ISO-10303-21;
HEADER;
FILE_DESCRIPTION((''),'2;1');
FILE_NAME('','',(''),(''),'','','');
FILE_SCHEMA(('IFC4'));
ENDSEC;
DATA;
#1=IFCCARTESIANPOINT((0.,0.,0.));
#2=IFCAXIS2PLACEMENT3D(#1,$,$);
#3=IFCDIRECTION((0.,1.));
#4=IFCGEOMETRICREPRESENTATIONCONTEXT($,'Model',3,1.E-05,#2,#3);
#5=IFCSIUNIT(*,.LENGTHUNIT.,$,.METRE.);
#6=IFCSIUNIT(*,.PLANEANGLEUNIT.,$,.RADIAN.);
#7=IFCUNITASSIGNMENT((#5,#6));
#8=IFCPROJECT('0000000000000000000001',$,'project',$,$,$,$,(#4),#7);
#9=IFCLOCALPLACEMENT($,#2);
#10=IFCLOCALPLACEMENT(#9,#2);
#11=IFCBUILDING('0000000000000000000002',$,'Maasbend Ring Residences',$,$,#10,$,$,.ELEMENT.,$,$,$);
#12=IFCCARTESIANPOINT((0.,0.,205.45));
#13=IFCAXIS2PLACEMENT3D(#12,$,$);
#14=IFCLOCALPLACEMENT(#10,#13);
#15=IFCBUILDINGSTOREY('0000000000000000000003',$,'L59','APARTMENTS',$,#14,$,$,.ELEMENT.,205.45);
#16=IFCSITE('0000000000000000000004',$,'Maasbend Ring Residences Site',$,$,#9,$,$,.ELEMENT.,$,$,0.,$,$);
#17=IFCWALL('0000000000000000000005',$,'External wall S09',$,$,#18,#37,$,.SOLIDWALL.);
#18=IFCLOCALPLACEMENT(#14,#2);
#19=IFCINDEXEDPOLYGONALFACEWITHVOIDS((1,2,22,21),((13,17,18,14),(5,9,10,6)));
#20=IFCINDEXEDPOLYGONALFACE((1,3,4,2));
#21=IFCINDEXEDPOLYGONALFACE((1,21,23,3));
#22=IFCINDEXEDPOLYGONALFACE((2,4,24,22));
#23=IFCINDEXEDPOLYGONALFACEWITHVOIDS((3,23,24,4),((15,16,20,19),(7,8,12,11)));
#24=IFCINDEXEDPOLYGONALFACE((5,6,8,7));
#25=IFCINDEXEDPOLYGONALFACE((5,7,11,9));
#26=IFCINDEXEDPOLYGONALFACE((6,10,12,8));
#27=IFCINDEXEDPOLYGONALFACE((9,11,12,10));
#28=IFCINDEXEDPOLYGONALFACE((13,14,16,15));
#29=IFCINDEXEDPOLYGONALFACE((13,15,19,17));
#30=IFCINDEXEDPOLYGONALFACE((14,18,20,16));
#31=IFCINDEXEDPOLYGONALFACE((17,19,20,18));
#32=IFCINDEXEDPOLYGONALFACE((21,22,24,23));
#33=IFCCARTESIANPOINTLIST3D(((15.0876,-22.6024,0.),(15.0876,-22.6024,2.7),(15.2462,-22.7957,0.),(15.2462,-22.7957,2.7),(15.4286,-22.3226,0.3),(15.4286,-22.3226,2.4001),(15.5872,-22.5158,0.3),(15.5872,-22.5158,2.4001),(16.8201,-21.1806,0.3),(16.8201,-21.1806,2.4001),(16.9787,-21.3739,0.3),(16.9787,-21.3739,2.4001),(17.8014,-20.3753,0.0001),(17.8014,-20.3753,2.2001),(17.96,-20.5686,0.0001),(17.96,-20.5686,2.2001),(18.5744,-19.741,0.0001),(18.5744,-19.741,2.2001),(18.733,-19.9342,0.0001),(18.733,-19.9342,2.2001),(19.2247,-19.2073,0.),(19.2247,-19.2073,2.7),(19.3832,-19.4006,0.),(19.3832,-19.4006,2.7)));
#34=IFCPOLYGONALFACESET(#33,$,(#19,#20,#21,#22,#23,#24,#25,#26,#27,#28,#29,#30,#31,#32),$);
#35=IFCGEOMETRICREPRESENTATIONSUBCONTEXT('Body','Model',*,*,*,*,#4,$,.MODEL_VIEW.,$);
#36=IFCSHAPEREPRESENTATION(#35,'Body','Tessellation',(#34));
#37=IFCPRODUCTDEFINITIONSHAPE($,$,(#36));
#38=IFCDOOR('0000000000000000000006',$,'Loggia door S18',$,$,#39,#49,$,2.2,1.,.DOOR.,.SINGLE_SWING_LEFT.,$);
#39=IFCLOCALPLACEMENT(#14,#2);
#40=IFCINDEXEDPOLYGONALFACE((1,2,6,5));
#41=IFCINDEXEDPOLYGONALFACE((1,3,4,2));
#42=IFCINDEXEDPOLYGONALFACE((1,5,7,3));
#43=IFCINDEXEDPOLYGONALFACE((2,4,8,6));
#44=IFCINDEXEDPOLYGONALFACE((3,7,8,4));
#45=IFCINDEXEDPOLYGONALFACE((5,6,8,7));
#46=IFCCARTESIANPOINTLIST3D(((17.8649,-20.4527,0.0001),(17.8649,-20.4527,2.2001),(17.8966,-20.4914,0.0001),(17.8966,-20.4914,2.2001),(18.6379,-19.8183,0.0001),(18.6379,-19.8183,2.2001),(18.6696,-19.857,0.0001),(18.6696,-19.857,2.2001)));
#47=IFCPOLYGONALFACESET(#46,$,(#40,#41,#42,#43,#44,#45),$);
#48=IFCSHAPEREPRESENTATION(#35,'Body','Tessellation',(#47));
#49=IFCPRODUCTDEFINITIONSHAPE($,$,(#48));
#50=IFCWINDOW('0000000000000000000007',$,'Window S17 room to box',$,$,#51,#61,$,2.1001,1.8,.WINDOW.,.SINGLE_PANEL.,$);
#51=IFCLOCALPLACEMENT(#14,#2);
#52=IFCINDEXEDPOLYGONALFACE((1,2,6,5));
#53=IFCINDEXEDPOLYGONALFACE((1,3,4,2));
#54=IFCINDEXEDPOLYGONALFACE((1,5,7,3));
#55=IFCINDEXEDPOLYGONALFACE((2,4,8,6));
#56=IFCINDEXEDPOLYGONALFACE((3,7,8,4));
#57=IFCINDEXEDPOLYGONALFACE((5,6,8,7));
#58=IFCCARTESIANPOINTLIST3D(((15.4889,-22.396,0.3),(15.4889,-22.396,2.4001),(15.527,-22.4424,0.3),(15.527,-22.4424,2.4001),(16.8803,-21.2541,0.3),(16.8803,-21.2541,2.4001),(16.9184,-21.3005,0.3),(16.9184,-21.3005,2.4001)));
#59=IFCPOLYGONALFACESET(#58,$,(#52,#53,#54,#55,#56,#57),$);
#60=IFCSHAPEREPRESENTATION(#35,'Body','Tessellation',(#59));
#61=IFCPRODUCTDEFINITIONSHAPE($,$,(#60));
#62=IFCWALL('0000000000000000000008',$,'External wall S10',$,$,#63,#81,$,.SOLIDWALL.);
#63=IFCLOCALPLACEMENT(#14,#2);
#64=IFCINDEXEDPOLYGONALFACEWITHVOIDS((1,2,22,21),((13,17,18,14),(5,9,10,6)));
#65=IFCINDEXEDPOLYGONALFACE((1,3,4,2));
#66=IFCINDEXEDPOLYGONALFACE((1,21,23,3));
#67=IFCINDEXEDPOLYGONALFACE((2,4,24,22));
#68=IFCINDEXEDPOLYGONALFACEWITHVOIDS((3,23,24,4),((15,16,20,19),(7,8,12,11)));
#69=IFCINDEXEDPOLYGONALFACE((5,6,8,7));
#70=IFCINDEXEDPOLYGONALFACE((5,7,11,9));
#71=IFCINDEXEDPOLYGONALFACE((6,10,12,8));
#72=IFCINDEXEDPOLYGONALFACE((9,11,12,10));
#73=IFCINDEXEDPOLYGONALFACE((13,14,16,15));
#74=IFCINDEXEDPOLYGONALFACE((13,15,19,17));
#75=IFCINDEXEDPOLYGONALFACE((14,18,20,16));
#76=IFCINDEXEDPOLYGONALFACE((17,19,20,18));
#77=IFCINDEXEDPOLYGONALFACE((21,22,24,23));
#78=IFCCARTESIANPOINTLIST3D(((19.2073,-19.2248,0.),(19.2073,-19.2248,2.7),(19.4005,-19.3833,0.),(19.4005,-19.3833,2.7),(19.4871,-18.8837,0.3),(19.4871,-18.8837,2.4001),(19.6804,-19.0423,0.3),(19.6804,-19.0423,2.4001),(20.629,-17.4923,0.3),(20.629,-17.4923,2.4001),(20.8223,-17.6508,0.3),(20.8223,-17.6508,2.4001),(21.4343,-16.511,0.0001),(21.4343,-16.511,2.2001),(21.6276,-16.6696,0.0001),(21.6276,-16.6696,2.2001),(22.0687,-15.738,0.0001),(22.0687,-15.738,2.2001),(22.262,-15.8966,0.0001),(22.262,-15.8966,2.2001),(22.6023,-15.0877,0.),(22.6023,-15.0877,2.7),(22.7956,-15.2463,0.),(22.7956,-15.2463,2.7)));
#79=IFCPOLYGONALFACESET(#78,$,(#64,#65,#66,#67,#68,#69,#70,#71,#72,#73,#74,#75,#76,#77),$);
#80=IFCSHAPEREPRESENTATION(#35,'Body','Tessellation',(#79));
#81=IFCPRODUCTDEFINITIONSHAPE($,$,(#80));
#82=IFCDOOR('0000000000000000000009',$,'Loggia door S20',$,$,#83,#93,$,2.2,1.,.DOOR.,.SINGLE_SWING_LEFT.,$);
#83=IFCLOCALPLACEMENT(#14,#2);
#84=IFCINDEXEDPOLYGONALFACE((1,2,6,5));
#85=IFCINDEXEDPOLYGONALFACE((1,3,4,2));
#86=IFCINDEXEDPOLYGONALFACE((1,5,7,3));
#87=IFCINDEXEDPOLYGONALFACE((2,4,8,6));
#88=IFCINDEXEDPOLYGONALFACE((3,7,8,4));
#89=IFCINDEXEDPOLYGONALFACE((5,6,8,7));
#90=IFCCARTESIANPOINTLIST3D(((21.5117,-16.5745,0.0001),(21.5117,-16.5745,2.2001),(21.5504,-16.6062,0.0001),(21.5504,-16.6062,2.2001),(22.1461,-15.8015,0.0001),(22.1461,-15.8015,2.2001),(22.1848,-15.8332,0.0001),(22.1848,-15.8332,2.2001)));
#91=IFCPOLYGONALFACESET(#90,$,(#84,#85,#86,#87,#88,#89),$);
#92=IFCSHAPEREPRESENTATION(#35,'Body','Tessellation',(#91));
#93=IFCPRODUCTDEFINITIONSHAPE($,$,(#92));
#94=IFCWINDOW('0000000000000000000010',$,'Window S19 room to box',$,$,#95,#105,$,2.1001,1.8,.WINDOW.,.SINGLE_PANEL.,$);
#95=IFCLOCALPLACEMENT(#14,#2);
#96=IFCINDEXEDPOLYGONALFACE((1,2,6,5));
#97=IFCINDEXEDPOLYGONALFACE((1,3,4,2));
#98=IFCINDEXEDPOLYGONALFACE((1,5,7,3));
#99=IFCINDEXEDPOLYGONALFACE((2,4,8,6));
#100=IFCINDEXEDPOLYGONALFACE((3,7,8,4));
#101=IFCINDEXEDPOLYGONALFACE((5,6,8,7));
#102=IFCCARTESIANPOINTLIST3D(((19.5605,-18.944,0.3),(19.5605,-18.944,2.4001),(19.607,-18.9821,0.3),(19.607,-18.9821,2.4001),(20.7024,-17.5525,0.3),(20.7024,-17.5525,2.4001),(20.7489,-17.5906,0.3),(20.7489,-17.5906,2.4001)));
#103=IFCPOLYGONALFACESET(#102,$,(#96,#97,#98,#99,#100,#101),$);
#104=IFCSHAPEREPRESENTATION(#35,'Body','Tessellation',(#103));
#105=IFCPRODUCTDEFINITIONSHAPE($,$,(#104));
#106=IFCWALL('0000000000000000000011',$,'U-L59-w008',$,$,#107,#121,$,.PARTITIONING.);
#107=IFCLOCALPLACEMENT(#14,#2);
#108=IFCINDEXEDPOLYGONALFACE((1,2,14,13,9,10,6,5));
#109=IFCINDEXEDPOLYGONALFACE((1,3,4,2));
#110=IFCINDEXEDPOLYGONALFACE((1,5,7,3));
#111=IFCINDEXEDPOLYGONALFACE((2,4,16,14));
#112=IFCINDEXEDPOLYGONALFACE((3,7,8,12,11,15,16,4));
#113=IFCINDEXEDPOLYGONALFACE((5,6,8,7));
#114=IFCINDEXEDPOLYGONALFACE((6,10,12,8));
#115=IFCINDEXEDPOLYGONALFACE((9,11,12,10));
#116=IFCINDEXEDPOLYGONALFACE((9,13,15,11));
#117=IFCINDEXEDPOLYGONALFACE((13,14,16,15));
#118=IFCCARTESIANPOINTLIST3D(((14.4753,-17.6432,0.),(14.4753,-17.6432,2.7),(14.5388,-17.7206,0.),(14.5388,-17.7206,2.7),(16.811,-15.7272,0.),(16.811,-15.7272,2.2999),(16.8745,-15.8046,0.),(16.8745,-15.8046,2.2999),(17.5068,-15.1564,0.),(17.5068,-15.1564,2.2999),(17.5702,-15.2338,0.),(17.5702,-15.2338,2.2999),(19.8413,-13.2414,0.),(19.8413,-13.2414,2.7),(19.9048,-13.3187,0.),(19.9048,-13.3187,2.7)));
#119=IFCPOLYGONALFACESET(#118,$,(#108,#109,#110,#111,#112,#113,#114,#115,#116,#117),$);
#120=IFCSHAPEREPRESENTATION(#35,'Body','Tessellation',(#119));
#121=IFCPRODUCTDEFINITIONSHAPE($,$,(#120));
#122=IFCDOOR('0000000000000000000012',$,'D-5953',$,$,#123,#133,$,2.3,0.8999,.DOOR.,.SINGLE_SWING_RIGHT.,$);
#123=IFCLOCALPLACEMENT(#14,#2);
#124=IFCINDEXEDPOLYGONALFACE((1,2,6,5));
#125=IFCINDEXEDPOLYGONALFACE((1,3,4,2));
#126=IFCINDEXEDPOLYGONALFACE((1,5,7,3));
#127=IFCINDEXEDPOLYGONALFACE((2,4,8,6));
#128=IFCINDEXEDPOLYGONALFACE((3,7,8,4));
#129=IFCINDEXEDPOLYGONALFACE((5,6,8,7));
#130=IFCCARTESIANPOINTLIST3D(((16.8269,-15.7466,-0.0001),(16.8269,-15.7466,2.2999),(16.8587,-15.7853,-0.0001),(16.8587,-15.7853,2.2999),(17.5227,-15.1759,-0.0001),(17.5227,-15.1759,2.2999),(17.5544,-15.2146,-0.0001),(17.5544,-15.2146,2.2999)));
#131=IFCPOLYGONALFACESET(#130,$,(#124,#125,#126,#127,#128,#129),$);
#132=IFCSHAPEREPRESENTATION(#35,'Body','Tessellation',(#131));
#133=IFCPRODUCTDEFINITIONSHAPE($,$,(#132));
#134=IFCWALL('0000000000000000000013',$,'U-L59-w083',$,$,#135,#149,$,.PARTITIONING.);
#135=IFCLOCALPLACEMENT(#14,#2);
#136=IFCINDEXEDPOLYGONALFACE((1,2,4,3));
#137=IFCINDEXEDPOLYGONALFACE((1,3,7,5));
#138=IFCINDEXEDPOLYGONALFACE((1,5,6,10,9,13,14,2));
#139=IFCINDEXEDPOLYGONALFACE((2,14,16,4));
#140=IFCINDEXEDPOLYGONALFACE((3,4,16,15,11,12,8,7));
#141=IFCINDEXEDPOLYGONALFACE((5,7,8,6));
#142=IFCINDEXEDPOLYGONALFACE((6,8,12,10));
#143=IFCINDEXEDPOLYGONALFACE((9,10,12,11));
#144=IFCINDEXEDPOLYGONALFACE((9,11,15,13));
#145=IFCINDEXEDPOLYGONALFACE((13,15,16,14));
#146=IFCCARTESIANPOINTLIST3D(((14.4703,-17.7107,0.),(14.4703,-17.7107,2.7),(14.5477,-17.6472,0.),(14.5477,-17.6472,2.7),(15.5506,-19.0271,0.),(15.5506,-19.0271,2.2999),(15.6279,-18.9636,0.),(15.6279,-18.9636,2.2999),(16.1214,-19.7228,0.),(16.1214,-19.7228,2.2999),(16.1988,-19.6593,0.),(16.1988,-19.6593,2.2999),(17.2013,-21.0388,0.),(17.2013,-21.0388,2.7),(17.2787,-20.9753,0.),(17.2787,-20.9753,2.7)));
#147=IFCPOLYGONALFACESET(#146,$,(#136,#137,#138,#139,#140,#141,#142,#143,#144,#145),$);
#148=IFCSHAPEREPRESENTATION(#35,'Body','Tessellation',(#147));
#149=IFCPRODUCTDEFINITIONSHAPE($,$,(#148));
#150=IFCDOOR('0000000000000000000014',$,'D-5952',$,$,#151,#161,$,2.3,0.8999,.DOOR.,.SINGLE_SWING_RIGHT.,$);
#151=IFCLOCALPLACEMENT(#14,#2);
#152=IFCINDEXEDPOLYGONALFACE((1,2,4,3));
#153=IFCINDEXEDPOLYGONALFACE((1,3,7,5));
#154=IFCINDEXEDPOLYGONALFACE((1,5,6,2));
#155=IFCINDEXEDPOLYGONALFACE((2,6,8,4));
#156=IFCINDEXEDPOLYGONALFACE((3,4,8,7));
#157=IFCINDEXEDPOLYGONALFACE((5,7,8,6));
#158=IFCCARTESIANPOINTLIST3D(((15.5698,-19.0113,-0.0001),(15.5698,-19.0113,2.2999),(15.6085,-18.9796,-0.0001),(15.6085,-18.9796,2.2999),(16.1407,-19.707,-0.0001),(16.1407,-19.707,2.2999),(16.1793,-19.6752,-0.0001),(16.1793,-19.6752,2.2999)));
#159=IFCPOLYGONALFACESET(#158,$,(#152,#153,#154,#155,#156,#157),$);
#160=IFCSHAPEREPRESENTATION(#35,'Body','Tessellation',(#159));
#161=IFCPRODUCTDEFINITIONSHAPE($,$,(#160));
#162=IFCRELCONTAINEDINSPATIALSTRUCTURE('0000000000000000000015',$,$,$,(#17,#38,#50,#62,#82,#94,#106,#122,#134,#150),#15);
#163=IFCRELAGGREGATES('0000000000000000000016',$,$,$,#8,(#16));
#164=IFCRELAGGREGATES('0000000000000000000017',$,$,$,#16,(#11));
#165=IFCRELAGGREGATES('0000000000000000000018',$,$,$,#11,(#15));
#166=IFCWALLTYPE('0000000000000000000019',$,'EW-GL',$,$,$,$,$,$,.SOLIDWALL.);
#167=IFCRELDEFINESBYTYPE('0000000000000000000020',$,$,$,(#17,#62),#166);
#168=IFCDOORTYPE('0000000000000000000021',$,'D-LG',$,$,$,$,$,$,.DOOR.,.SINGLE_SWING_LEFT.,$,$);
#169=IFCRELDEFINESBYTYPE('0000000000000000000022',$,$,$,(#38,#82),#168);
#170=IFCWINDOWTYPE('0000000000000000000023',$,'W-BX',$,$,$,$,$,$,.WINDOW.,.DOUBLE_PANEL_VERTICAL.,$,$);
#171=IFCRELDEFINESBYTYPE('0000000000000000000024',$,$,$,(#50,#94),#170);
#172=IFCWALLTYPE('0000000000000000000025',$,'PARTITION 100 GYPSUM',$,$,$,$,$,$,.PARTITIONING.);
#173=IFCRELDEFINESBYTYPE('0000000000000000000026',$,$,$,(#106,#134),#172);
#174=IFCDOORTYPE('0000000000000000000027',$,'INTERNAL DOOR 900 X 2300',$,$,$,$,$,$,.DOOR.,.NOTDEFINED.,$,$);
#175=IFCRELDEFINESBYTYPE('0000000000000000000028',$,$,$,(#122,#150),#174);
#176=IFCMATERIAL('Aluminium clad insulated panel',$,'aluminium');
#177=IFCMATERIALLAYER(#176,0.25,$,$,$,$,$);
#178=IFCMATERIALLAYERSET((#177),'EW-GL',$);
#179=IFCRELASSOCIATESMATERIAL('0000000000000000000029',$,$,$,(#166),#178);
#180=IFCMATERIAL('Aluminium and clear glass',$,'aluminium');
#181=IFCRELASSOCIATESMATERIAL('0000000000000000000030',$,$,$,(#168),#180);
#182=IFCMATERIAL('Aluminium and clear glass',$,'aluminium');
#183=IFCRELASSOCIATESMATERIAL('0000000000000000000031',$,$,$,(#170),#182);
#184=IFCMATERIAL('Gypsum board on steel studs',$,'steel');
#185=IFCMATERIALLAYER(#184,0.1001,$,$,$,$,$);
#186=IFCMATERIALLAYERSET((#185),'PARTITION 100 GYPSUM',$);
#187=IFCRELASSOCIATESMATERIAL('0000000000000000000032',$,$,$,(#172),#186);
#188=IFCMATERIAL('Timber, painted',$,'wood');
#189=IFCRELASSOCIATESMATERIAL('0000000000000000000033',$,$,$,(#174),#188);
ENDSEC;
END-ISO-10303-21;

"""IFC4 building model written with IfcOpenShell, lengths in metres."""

from ifc_helpers import new_model, si_unit, direction, frame, frame_2d, origin, place, context, subcontext, project, spatial, rectangle, extrude, material, layer, layer_set, type_object, element, fill, save


model = new_model("IFC4")

# Units and contexts
model_context = context("Model", 3, precision=1e-05, world=origin(), true_north=direction((0.0, 1.0)))
body_context = subcontext(model_context, "Body", "Model", "MODEL_VIEW")
ifc_project = project(units=[si_unit("LENGTHUNIT", "METRE"), si_unit("PLANEANGLEUNIT", "RADIAN")], contexts=[model_context])

# Site, building, storey
site_placement = place(None, origin())
site = spatial("IfcSite", under=ifc_project, at=site_placement, Name="Maasbend Ring Residences Site", CompositionType="ELEMENT", RefElevation=0.0)
building_placement = place(site_placement, origin())
building = spatial("IfcBuilding", under=site, at=building_placement, Name="Maasbend Ring Residences", CompositionType="ELEMENT")
storey_placement = place(building_placement, frame((0.0, 0.0, 205.45)))
storey = spatial("IfcBuildingStorey", under=building, at=storey_placement, Name="L59", Description="APARTMENTS", CompositionType="ELEMENT", Elevation=205.45)

# Walls, openings, doors, windows
ifc_material_1 = material(Name="Aluminium clad insulated panel", Category="aluminium")
ifc_layer_1 = layer(ifc_material_1, 0.25)
ifc_layer_set_1 = layer_set([ifc_layer_1], Name="EW-GL")
wall_type_1 = type_object("IfcWallType", Name="EW-GL", PredefinedType="SOLIDWALL", material=ifc_layer_set_1)
wall_1_placement = place(storey_placement, frame((15.167, -22.699, 0.0), z_axis=(0.0, 0.0, 1.0), x_axis=(0.773019, 0.634382, 0.0)))
wall_1 = element("IfcWall", 1, at=wall_1_placement, inside=storey, type_object=wall_type_1, Name="External wall S09", PredefinedType="SOLIDWALL", context=body_context, shape_type="SweptSolid", body=[
    extrude(rectangle(XDim=5.3518, YDim=0.25, at=frame_2d((2.6758, 0.0))), origin(), (0.0, 0.0, 1.0), 2.7),
])
opening_1_placement = place(wall_1_placement, frame((0.4412, 0.0, 0.3)))
opening_1 = element("IfcOpeningElement", 2, at=opening_1_placement, cuts=wall_1, PredefinedType="OPENING", context=body_context, shape_type="SweptSolid", body=[
    extrude(rectangle(XDim=1.8, YDim=2.1001, at=frame_2d((0.8999, 1.05))), frame((0.0, 0.135, 0.0), z_axis=(0.0, -1.0, 0.0), x_axis=(1.0, 0.0, 0.0)), (0.0, 0.0, 1.0), 0.27),
])
opening_2_placement = place(wall_1_placement, frame((3.5105, 0.0, 0.0)))
opening_2 = element("IfcOpeningElement", 3, at=opening_2_placement, cuts=wall_1, PredefinedType="OPENING", context=body_context, shape_type="SweptSolid", body=[
    extrude(rectangle(XDim=1.0, YDim=2.2, at=frame_2d((0.5, 1.1001))), frame((0.0, 0.135, 0.0), z_axis=(0.0, -1.0, 0.0), x_axis=(1.0, 0.0, 0.0)), (0.0, 0.0, 1.0), 0.27),
])
ifc_material_2 = material(Name="Aluminium and clear glass", Category="aluminium")
door_type_1 = type_object("IfcDoorType", Name="D-LG", OperationType="SINGLE_SWING_LEFT", PredefinedType="DOOR", material=ifc_material_2)
door_1_placement = place(opening_2_placement, origin())
door_1 = element("IfcDoor", 4, at=door_1_placement, inside=storey, type_object=door_type_1, Name="Loggia door S18", OperationType="SINGLE_SWING_LEFT", OverallHeight=2.2, OverallWidth=1.0, PredefinedType="DOOR", context=body_context, shape_type="SweptSolid", body=[
    extrude(rectangle(XDim=1.0, YDim=2.2, at=frame_2d((0.5, 1.1001))), frame((0.0, 0.0249, 0.0), z_axis=(0.0, -1.0, 0.0), x_axis=(1.0, 0.0, 0.0)), (0.0, 0.0, 1.0), 0.05),
])
fill(opening_2, door_1)
ifc_material_3 = material(Name="Aluminium and clear glass", Category="aluminium")
window_type_1 = type_object("IfcWindowType", Name="W-BX", PartitioningType="DOUBLE_PANEL_VERTICAL", PredefinedType="WINDOW", material=ifc_material_3)
window_1_placement = place(opening_1_placement, origin())
window_1 = element("IfcWindow", 5, at=window_1_placement, inside=storey, type_object=window_type_1, Name="Window S17 room to box", OverallHeight=2.1001, OverallWidth=1.8, PartitioningType="SINGLE_PANEL", PredefinedType="WINDOW", context=body_context, shape_type="SweptSolid", body=[
    extrude(rectangle(XDim=1.8, YDim=2.1001, at=frame_2d((0.8999, 1.05))), frame((0.0, 0.03, 0.0), z_axis=(0.0, -1.0, 0.0), x_axis=(1.0, 0.0, 0.0)), (0.0, 0.0, 1.0), 0.0601),
])
fill(opening_1, window_1)
wall_2_placement = place(storey_placement, frame((19.304, -19.304, 0.0), z_axis=(0.0, 0.0, 1.0), x_axis=(0.634382, 0.773019, 0.0)))
wall_2 = element("IfcWall", 6, at=wall_2_placement, inside=storey, type_object=wall_type_1, Name="External wall S10", PredefinedType="SOLIDWALL", context=body_context, shape_type="SweptSolid", body=[
    extrude(rectangle(XDim=5.3518, YDim=0.25, at=frame_2d((2.6758, 0.0))), origin(), (0.0, 0.0, 1.0), 2.7),
])
opening_3_placement = place(wall_2_placement, frame((0.4412, 0.0, 0.3)))
opening_3 = element("IfcOpeningElement", 7, at=opening_3_placement, cuts=wall_2, PredefinedType="OPENING", context=body_context, shape_type="SweptSolid", body=[
    extrude(rectangle(XDim=1.8, YDim=2.1001, at=frame_2d((0.8999, 1.05))), frame((0.0, 0.135, 0.0), z_axis=(0.0, -1.0, 0.0), x_axis=(1.0, 0.0, 0.0)), (0.0, 0.0, 1.0), 0.27),
])
opening_4_placement = place(wall_2_placement, frame((3.5105, 0.0, 0.0)))
opening_4 = element("IfcOpeningElement", 8, at=opening_4_placement, cuts=wall_2, PredefinedType="OPENING", context=body_context, shape_type="SweptSolid", body=[
    extrude(rectangle(XDim=1.0, YDim=2.2, at=frame_2d((0.5, 1.1001))), frame((0.0, 0.135, 0.0), z_axis=(0.0, -1.0, 0.0), x_axis=(1.0, 0.0, 0.0)), (0.0, 0.0, 1.0), 0.27),
])
door_2_placement = place(opening_4_placement, origin())
door_2 = element("IfcDoor", 9, at=door_2_placement, inside=storey, type_object=door_type_1, Name="Loggia door S20", OperationType="SINGLE_SWING_LEFT", OverallHeight=2.2, OverallWidth=1.0, PredefinedType="DOOR", context=body_context, shape_type="SweptSolid", body=[
    extrude(rectangle(XDim=1.0, YDim=2.2, at=frame_2d((0.5, 1.1001))), frame((0.0, 0.0249, 0.0), z_axis=(0.0, -1.0, 0.0), x_axis=(1.0, 0.0, 0.0)), (0.0, 0.0, 1.0), 0.05),
])
fill(opening_4, door_2)
window_2_placement = place(opening_3_placement, origin())
window_2 = element("IfcWindow", 10, at=window_2_placement, inside=storey, type_object=window_type_1, Name="Window S19 room to box", OverallHeight=2.1001, OverallWidth=1.8, PartitioningType="SINGLE_PANEL", PredefinedType="WINDOW", context=body_context, shape_type="SweptSolid", body=[
    extrude(rectangle(XDim=1.8, YDim=2.1001, at=frame_2d((0.8999, 1.05))), frame((0.0, 0.03, 0.0), z_axis=(0.0, -1.0, 0.0), x_axis=(1.0, 0.0, 0.0)), (0.0, 0.0, 1.0), 0.0601),
])
fill(opening_3, window_2)

# Walls, openings, doors
ifc_material_4 = material(Name="Gypsum board on steel studs", Category="steel")
ifc_layer_2 = layer(ifc_material_4, 0.1001)
ifc_layer_set_2 = layer_set([ifc_layer_2], Name="PARTITION 100 GYPSUM")
wall_type_2 = type_object("IfcWallType", Name="PARTITION 100 GYPSUM", PredefinedType="PARTITIONING", material=ifc_layer_set_2)
wall_3_placement = place(storey_placement, frame((14.5071, -17.6819, 0.0), z_axis=(0.0, 0.0, 1.0), x_axis=(0.773143, 0.634231, 0.0)))
wall_3 = element("IfcWall", 11, at=wall_3_placement, inside=storey, type_object=wall_type_2, Name="U-L59-w008", PredefinedType="PARTITIONING", context=body_context, shape_type="SweptSolid", body=[
    extrude(rectangle(XDim=6.9404, YDim=0.1001, at=frame_2d((3.4702, 0.0))), origin(), (0.0, 0.0, 1.0), 2.7),
])
opening_5_placement = place(wall_3_placement, frame((3.021, 0.0, 0.0)))
opening_5 = element("IfcOpeningElement", 12, at=opening_5_placement, cuts=wall_3, PredefinedType="OPENING", context=body_context, shape_type="SweptSolid", body=[
    extrude(rectangle(XDim=0.8999, YDim=2.3, at=frame_2d((0.45, 1.1499))), frame((0.0, 0.0601, 0.0), z_axis=(0.0, -1.0, 0.0), x_axis=(1.0, 0.0, 0.0)), (0.0, 0.0, 1.0), 0.1201),
])
ifc_material_5 = material(Name="Timber, painted", Category="wood")
door_type_2 = type_object("IfcDoorType", Name="INTERNAL DOOR 900 X 2300", OperationType="NOTDEFINED", PredefinedType="DOOR", material=ifc_material_5)
door_3_placement = place(opening_5_placement, origin())
door_3 = element("IfcDoor", 13, at=door_3_placement, inside=storey, type_object=door_type_2, Name="D-5953", OperationType="SINGLE_SWING_RIGHT", OverallHeight=2.3, OverallWidth=0.8999, PredefinedType="DOOR", context=body_context, shape_type="SweptSolid", body=[
    extrude(rectangle(XDim=0.8999, YDim=2.3, at=frame_2d((0.45, 1.1499))), frame((0.0, 0.0249, 0.0), z_axis=(0.0, -1.0, 0.0), x_axis=(1.0, 0.0, 0.0)), (0.0, 0.0, 1.0), 0.05),
])
fill(opening_5, door_3)
wall_4_placement = place(storey_placement, frame((14.509, -17.679, 0.0), z_axis=(0.0, 0.0, 1.0), x_axis=(0.634343, -0.773052, 0.0)))
wall_4 = element("IfcWall", 14, at=wall_4_placement, inside=storey, type_object=wall_type_2, Name="U-L59-w083", PredefinedType="PARTITIONING", context=body_context, shape_type="SweptSolid", body=[
    extrude(rectangle(XDim=4.3052, YDim=0.1001, at=frame_2d((2.1526, 0.0))), origin(), (0.0, 0.0, 1.0), 2.7),
])
opening_6_placement = place(wall_4_placement, frame((1.7029, 0.0, 0.0)))
opening_6 = element("IfcOpeningElement", 15, at=opening_6_placement, cuts=wall_4, PredefinedType="OPENING", context=body_context, shape_type="SweptSolid", body=[
    extrude(rectangle(XDim=0.8999, YDim=2.3, at=frame_2d((0.45, 1.1499))), frame((0.0, 0.0601, 0.0), z_axis=(0.0, -1.0, 0.0), x_axis=(1.0, 0.0, 0.0)), (0.0, 0.0, 1.0), 0.1201),
])
door_4_placement = place(opening_6_placement, origin())
door_4 = element("IfcDoor", 16, at=door_4_placement, inside=storey, type_object=door_type_2, Name="D-5952", OperationType="SINGLE_SWING_RIGHT", OverallHeight=2.3, OverallWidth=0.8999, PredefinedType="DOOR", context=body_context, shape_type="SweptSolid", body=[
    extrude(rectangle(XDim=0.8999, YDim=2.3, at=frame_2d((0.45, 1.1499))), frame((0.0, 0.0249, 0.0), z_axis=(0.0, -1.0, 0.0), x_axis=(1.0, 0.0, 0.0)), (0.0, 0.0, 1.0), 0.05),
])
fill(opening_6, door_4)

save(model, "model.ifc")
